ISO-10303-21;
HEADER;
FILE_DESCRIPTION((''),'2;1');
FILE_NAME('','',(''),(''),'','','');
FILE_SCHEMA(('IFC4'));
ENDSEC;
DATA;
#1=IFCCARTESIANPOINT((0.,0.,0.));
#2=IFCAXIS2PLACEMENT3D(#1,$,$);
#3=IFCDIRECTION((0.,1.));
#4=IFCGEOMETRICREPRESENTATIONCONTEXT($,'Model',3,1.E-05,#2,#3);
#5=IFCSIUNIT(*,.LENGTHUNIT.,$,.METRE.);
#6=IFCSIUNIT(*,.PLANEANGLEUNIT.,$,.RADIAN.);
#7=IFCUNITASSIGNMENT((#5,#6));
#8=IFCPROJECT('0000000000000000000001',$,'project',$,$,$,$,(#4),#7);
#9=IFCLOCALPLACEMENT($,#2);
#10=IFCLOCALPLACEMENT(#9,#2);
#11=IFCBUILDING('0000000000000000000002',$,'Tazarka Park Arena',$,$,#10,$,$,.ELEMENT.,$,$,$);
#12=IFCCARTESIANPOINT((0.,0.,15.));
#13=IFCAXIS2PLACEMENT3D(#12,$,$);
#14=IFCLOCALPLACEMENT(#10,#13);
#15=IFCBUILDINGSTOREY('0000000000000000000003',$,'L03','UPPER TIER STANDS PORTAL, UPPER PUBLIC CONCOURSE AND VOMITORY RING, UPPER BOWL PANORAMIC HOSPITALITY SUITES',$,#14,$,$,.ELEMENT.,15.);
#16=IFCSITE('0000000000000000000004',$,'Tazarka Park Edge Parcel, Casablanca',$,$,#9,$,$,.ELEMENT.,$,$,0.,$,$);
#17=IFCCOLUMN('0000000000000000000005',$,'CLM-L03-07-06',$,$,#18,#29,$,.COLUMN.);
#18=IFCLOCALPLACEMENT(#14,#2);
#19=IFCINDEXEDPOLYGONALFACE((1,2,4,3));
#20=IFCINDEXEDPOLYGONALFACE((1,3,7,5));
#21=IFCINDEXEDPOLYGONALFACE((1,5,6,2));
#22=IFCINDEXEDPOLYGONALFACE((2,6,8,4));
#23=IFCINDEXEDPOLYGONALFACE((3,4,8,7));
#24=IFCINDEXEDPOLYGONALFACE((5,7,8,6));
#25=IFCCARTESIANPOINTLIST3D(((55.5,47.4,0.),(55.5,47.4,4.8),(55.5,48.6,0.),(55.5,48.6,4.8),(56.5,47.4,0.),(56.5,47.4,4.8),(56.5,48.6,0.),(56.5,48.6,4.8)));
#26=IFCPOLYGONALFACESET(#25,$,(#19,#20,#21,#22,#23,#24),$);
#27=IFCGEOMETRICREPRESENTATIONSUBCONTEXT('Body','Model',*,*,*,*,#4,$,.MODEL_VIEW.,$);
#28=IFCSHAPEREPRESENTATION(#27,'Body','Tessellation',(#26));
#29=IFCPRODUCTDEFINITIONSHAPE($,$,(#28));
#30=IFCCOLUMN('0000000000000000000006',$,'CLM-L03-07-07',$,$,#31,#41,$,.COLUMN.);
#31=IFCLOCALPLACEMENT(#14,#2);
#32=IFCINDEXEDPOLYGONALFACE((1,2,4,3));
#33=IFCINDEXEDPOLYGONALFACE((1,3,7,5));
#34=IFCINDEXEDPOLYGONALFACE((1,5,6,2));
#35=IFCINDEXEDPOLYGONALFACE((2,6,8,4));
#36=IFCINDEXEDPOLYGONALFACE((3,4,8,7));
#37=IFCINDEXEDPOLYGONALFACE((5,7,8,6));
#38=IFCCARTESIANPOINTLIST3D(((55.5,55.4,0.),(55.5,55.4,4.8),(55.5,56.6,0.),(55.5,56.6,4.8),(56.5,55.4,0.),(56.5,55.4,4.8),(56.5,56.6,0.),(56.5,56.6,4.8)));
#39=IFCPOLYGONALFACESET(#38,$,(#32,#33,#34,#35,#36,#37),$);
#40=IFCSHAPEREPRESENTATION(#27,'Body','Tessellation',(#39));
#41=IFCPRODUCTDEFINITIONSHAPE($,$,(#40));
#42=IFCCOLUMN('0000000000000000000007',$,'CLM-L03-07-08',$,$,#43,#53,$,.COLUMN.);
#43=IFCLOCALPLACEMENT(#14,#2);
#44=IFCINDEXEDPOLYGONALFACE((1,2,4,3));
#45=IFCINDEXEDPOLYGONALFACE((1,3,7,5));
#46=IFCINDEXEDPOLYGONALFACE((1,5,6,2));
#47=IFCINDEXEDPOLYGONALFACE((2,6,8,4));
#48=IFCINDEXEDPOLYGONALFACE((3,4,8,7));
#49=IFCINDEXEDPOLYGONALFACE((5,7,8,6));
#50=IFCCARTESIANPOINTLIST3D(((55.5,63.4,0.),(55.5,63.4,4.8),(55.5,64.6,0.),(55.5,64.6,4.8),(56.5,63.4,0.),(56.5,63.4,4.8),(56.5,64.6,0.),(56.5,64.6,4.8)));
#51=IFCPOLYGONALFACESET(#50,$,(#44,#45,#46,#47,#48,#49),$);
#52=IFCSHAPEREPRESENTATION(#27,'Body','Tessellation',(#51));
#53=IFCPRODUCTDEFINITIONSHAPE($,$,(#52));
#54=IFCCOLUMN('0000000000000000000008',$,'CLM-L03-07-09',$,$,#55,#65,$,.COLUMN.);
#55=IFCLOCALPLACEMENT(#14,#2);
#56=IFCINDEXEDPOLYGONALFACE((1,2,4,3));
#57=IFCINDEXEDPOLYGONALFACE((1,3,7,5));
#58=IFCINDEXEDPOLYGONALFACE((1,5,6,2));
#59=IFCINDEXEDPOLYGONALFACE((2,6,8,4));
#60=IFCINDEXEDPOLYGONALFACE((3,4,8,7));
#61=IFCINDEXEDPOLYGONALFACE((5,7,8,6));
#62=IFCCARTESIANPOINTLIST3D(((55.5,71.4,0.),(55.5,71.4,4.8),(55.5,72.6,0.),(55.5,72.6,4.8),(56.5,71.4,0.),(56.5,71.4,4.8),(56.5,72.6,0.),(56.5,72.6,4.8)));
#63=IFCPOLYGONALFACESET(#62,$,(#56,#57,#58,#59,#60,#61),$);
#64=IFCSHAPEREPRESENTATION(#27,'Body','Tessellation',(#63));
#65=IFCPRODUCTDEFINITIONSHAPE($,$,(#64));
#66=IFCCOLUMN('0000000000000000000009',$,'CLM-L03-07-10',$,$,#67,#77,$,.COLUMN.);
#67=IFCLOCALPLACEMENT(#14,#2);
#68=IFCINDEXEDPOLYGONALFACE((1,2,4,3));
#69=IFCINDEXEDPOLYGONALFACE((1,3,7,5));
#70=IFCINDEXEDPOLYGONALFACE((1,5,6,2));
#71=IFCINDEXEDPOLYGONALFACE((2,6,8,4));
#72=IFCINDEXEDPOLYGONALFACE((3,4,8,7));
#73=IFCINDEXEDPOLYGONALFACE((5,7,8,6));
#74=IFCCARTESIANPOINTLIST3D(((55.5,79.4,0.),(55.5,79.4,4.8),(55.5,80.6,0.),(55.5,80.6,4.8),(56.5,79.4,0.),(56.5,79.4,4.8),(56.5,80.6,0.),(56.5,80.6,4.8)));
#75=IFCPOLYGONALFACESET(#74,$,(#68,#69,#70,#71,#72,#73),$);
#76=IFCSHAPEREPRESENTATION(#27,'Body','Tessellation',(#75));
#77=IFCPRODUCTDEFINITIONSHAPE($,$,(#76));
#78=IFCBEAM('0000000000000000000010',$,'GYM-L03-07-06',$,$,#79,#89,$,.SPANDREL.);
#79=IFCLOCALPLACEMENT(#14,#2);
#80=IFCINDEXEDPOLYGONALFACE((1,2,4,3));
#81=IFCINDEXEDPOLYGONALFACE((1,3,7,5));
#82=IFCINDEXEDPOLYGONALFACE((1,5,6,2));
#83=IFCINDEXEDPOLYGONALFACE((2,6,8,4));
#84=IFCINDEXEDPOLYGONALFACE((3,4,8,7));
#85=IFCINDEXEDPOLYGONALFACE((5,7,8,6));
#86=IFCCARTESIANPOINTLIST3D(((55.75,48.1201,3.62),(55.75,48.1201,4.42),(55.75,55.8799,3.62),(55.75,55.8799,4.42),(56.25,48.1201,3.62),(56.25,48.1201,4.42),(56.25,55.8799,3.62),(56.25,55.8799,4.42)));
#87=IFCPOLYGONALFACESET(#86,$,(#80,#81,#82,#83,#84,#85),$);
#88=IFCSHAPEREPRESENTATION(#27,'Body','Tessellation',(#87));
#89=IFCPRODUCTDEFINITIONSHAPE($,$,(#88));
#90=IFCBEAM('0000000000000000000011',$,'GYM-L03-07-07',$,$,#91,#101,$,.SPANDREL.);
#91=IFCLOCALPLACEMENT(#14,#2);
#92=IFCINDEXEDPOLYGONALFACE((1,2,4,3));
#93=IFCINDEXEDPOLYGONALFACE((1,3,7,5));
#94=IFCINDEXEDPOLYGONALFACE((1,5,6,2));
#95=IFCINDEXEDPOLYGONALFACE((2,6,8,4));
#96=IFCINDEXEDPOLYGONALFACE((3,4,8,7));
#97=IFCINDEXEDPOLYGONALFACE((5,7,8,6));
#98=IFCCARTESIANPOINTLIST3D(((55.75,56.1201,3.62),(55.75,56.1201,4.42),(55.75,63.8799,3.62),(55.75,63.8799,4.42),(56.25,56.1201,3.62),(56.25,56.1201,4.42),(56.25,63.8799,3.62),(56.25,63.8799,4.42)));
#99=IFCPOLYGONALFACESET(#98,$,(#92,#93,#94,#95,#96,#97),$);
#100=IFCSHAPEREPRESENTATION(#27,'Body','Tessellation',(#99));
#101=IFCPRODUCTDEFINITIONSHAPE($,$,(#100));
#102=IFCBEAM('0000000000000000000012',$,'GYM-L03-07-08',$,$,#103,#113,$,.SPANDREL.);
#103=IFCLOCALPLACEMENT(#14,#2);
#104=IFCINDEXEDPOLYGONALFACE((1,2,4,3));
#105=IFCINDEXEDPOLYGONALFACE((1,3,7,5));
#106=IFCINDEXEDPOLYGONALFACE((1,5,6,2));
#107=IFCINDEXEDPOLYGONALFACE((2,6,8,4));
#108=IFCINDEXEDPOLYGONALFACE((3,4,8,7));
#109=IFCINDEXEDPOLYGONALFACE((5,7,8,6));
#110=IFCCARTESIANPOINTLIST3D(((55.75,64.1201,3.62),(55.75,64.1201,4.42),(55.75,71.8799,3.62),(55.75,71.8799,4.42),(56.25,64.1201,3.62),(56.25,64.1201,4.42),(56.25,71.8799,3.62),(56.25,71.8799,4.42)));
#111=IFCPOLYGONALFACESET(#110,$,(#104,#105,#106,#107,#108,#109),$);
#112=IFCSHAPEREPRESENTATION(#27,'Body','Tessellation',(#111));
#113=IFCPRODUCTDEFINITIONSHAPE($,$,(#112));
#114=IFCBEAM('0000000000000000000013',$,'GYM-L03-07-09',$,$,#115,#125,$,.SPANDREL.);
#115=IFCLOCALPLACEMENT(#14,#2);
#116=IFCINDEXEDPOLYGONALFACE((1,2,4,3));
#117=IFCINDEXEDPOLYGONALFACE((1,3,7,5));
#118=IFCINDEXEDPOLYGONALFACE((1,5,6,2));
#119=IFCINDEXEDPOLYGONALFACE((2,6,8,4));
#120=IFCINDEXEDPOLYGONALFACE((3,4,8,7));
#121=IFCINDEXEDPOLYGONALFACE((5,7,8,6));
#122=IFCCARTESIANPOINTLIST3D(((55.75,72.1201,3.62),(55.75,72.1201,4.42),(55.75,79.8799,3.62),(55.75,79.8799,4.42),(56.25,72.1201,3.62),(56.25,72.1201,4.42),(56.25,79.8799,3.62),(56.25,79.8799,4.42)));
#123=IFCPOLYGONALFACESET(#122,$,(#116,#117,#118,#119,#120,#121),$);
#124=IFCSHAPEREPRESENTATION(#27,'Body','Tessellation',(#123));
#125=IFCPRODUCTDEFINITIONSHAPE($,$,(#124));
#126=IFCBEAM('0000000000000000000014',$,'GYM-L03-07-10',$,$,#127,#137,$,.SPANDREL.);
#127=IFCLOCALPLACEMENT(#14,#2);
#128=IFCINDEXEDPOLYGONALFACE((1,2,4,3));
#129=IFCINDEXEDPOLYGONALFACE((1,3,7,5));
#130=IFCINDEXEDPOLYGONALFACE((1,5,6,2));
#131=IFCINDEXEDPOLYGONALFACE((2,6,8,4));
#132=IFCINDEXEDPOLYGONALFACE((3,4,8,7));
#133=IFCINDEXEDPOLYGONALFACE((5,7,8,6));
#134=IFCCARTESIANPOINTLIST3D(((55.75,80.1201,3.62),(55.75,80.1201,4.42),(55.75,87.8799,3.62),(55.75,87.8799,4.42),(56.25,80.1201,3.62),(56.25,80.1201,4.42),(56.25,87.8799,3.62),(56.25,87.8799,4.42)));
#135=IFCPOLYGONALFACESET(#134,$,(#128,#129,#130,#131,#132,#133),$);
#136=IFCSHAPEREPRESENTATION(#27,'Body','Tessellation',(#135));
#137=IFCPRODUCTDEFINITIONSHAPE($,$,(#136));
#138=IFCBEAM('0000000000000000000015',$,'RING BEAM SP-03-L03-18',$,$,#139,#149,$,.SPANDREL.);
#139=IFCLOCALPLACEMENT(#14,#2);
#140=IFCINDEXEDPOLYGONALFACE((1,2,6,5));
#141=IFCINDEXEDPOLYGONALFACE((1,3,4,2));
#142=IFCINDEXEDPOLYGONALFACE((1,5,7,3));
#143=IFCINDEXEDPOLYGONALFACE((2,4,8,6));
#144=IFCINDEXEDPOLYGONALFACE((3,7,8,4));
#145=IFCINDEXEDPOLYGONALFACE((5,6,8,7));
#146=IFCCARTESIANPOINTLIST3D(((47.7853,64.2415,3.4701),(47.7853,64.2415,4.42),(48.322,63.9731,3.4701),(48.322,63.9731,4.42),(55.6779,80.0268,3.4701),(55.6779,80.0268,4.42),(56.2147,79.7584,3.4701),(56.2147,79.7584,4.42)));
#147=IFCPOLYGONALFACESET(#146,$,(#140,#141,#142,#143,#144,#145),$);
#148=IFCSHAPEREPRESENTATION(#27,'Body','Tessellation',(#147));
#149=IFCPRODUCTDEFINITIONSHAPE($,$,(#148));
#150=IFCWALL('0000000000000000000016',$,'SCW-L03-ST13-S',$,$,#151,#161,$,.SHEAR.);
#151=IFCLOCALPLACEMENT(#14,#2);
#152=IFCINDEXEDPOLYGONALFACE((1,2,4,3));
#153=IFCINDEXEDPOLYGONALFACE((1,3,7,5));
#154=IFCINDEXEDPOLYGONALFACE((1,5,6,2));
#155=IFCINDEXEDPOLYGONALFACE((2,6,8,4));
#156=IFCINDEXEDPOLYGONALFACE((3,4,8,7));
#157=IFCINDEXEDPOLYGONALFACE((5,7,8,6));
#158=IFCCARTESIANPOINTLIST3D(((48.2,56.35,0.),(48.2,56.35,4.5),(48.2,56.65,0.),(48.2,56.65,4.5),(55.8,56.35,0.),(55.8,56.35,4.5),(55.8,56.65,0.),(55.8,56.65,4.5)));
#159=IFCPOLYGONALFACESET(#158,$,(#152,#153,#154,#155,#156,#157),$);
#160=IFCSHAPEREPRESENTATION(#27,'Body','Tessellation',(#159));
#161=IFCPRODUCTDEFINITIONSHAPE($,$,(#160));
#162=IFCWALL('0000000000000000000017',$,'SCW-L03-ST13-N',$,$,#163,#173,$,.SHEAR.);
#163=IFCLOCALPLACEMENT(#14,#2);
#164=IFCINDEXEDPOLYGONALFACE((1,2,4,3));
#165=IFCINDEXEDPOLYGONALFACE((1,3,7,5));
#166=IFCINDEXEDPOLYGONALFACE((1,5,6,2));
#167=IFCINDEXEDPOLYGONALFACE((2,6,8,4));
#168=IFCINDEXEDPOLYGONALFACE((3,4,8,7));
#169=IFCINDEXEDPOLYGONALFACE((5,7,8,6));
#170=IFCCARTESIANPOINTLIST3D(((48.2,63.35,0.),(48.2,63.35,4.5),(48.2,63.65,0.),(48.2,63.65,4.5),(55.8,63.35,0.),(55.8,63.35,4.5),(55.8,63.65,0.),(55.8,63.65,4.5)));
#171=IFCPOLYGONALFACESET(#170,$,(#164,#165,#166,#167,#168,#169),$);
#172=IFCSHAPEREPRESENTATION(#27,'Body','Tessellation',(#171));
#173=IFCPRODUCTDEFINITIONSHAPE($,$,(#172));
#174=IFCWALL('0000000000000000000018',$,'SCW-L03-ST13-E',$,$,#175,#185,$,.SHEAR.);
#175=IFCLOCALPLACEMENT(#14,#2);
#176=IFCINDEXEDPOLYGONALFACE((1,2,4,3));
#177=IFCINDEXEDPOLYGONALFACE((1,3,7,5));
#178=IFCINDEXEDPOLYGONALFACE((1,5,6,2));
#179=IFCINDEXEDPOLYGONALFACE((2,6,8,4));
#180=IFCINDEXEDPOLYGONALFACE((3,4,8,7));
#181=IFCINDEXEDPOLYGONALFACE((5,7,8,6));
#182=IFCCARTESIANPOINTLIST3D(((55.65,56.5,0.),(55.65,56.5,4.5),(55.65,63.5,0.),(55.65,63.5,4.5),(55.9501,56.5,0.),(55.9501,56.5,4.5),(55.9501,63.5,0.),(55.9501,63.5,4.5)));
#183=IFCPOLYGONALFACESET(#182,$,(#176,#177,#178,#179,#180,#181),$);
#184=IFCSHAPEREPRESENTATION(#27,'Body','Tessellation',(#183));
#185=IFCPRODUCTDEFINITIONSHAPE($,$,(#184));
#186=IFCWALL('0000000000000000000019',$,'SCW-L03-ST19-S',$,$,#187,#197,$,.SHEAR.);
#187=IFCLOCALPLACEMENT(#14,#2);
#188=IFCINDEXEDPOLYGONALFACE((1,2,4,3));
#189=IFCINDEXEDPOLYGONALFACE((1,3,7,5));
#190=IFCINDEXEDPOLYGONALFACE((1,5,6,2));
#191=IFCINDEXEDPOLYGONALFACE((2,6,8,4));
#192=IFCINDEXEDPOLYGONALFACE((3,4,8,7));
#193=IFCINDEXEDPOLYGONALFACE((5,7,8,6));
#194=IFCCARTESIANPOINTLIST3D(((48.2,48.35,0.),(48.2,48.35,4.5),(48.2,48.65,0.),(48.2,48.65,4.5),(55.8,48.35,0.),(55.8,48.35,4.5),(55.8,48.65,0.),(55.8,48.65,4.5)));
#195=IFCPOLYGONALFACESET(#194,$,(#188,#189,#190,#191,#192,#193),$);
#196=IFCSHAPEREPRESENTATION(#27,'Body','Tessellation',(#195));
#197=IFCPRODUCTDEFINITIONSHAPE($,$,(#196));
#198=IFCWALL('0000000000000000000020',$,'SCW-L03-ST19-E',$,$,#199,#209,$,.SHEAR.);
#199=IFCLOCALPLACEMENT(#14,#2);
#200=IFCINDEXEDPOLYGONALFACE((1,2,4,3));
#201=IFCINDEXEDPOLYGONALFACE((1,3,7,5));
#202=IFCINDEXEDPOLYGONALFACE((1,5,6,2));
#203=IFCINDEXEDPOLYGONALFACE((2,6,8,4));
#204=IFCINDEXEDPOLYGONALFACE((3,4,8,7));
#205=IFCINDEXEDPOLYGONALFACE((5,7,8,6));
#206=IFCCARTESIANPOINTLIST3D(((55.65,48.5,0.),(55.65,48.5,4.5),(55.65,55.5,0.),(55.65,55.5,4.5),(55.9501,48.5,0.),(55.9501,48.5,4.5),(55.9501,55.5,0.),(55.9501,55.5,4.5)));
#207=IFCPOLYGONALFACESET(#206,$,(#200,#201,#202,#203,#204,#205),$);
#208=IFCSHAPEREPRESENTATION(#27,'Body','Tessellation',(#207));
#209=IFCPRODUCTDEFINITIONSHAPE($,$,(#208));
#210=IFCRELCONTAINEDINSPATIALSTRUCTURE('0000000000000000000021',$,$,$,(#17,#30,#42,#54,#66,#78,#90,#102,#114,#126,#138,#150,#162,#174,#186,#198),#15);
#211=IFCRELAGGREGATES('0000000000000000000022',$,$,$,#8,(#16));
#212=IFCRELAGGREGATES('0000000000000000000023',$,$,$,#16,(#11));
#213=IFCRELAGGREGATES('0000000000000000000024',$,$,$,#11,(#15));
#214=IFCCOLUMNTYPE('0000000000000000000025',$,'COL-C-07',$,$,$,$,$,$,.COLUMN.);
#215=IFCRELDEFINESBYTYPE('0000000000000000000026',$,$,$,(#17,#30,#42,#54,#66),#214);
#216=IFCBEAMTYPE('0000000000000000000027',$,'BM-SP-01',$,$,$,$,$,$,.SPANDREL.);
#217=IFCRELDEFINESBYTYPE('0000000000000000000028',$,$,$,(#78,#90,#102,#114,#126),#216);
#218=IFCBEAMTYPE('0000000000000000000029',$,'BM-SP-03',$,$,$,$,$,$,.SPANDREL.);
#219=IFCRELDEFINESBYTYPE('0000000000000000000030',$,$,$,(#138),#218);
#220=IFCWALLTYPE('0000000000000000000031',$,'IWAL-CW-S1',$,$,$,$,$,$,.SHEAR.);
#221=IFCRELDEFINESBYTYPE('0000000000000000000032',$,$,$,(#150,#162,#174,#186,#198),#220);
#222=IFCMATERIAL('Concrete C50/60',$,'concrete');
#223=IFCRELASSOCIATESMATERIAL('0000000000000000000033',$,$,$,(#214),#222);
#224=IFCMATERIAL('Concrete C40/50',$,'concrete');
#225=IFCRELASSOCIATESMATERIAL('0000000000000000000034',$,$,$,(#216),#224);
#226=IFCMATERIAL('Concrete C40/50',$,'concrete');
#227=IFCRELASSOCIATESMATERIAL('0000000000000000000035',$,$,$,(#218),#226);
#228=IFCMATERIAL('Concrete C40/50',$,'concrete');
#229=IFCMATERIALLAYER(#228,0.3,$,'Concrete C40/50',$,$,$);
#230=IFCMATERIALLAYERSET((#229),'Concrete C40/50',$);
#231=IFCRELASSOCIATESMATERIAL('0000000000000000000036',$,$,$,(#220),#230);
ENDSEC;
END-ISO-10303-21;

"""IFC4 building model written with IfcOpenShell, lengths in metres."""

from ifc_helpers import new_model, si_unit, direction, frame, frame_2d, origin, origin_2d, place, context, subcontext, project, spatial, rectangle, extrude, material, layer, layer_set, material_profile, profile_set, type_object, element, save


model = new_model("IFC4")

# Units and contexts
model_context = context("Model", 3, precision=1e-05, world=origin(), true_north=direction((0.0, 1.0)))
body_context = subcontext(model_context, "Body", "Model", "MODEL_VIEW")
ifc_project = project(units=[si_unit("LENGTHUNIT", "METRE"), si_unit("PLANEANGLEUNIT", "RADIAN")], contexts=[model_context])

# Site, building, storey
site_placement = place(None, origin())
site = spatial("IfcSite", under=ifc_project, at=site_placement, Name="Tazarka Park Edge Parcel, Casablanca", CompositionType="ELEMENT", RefElevation=0.0)
building_placement = place(site_placement, origin())
building = spatial("IfcBuilding", under=site, at=building_placement, Name="Tazarka Park Arena", CompositionType="ELEMENT")
storey_placement = place(building_placement, frame((0.0, 0.0, 15.0)))
storey = spatial("IfcBuildingStorey", under=building, at=storey_placement, Name="L03", Description="UPPER TIER STANDS PORTAL, UPPER PUBLIC CONCOURSE AND VOMITORY RING, UPPER BOWL PANORAMIC HOSPITALITY SUITES", CompositionType="ELEMENT", Elevation=15.0)

# Columns
ifc_material_1 = material(Name="Concrete C50/60", Category="concrete")
ifc_material_profile_1 = material_profile(ifc_material_1, rectangle(XDim=1.0, YDim=1.2, at=origin_2d()), Name="Concrete C50/60")
ifc_profile_set_1 = profile_set([ifc_material_profile_1], Name="Concrete C50/60")
column_type = type_object("IfcColumnType", Name="COL-C-07", PredefinedType="COLUMN", material=ifc_profile_set_1)
for number, where, z_axis, x_axis, name in (
    (1, (56.0, 48.0, 0.0), (0.0, 0.0, 1.0), (1.0, 0.0, 0.0), "CLM-L03-07-06"),
    (2, (56.0, 56.0, 0.0), (0.0, 0.0, 1.0), (1.0, 0.0, 0.0), "CLM-L03-07-07"),
    (3, (56.0, 64.0, 0.0), (0.0, 0.0, 1.0), (1.0, 0.0, 0.0), "CLM-L03-07-08"),
    (4, (56.0, 72.0, 0.0), (0.0, 0.0, 1.0), (1.0, 0.0, 0.0), "CLM-L03-07-09"),
    (5, (56.0, 80.0, 0.0), (0.0, 0.0, 1.0), (1.0, 0.0, 0.0), "CLM-L03-07-10"),
):
    element("IfcColumn", number, at=place(storey_placement, frame(where, z_axis=z_axis, x_axis=x_axis)), inside=storey, type_object=column_type, Name=name, PredefinedType="COLUMN", context=body_context, shape_type="SweptSolid", body=[
        extrude(rectangle(XDim=1.0, YDim=1.2, at=origin_2d()), origin(), (0.0, 0.0, 1.0), 4.8),
    ])

# Beams
ifc_material_2 = material(Name="Concrete C40/50", Category="concrete")
ifc_material_profile_2 = material_profile(ifc_material_2, rectangle(XDim=0.5, YDim=0.8, at=origin_2d()), Name="Concrete C40/50")
ifc_profile_set_2 = profile_set([ifc_material_profile_2], Name="Concrete C40/50")
beam_type_1 = type_object("IfcBeamType", Name="BM-SP-01", PredefinedType="SPANDREL", material=ifc_profile_set_2)
for number, where, z_axis, x_axis, name in (
    (6, (56.0, 48.1201, 4.02), (0.0, 1.0, 0.0), (-1.0, 0.0, 0.0), "GYM-L03-07-06"),
    (7, (56.0, 56.1201, 4.02), (0.0, 1.0, 0.0), (-1.0, 0.0, 0.0), "GYM-L03-07-07"),
    (8, (56.0, 64.1201, 4.02), (0.0, 1.0, 0.0), (-1.0, 0.0, 0.0), "GYM-L03-07-08"),
    (9, (56.0, 72.1201, 4.02), (0.0, 1.0, 0.0), (-1.0, 0.0, 0.0), "GYM-L03-07-09"),
    (10, (56.0, 80.1201, 4.02), (0.0, 1.0, 0.0), (-1.0, 0.0, 0.0), "GYM-L03-07-10"),
):
    element("IfcBeam", number, at=place(storey_placement, frame(where, z_axis=z_axis, x_axis=x_axis)), inside=storey, type_object=beam_type_1, Name=name, PredefinedType="SPANDREL", context=body_context, shape_type="SweptSolid", body=[
        extrude(rectangle(XDim=0.5, YDim=0.8, at=origin_2d()), origin(), (0.0, 0.0, 1.0), 7.7598),
    ])
ifc_material_3 = material(Name="Concrete C40/50", Category="concrete")
ifc_material_profile_3 = material_profile(ifc_material_3, rectangle(XDim=0.6001, YDim=0.95, at=origin_2d()), Name="Concrete C40/50")
ifc_profile_set_3 = profile_set([ifc_material_profile_3], Name="Concrete C40/50")
beam_type_2 = type_object("IfcBeamType", Name="BM-SP-03", PredefinedType="SPANDREL", material=ifc_profile_set_3)
beam_placement = place(storey_placement, frame((55.9463, 79.8926, 3.9451), z_axis=(-0.447214, -0.894427, 0.0), x_axis=(0.894427, -0.447214, 0.0)))
element("IfcBeam", 11, at=beam_placement, inside=storey, type_object=beam_type_2, Name="RING BEAM SP-03-L03-18", PredefinedType="SPANDREL", context=body_context, shape_type="SweptSolid", body=[
    extrude(rectangle(XDim=0.6001, YDim=0.95, at=origin_2d()), origin(), (0.0, 0.0, 1.0), 17.6484),
])

# Walls
ifc_material_4 = material(Name="Concrete C40/50", Category="concrete")
ifc_layer_1 = layer(ifc_material_4, 0.3, Name="Concrete C40/50")
ifc_layer_set_1 = layer_set([ifc_layer_1], Name="Concrete C40/50")
wall_type_1 = type_object("IfcWallType", Name="IWAL-CW-S1", PredefinedType="SHEAR", material=ifc_layer_set_1)
for number, where, z_axis, x_axis, name in (
    (12, (55.8, 56.5, 0.0), (0.0, 0.0, 1.0), (-1.0, 0.0, 0.0), "SCW-L03-ST13-S"),
    (13, (48.2, 63.5, 0.0), (0.0, 0.0, 1.0), (1.0, 0.0, 0.0), "SCW-L03-ST13-N"),
):
    element("IfcWall", number, at=place(storey_placement, frame(where, z_axis=z_axis, x_axis=x_axis)), inside=storey, type_object=wall_type_1, Name=name, PredefinedType="SHEAR", context=body_context, shape_type="SweptSolid", body=[
        extrude(rectangle(XDim=7.6001, YDim=0.3, at=frame_2d((3.8, 0.0))), origin(), (0.0, 0.0, 1.0), 4.5),
    ])
wall_1_placement = place(storey_placement, frame((55.8, 63.5, 0.0), z_axis=(0.0, 0.0, 1.0), x_axis=(0.0, -1.0, 0.0)))
element("IfcWall", 14, at=wall_1_placement, inside=storey, type_object=wall_type_1, Name="SCW-L03-ST13-E", PredefinedType="SHEAR", context=body_context, shape_type="SweptSolid", body=[
    extrude(rectangle(XDim=7.0, YDim=0.3, at=frame_2d((3.5, 0.0))), origin(), (0.0, 0.0, 1.0), 4.5),
])
wall_2_placement = place(storey_placement, frame((55.8, 48.5, 0.0), z_axis=(0.0, 0.0, 1.0), x_axis=(-1.0, 0.0, 0.0)))
element("IfcWall", 15, at=wall_2_placement, inside=storey, type_object=wall_type_1, Name="SCW-L03-ST19-S", PredefinedType="SHEAR", context=body_context, shape_type="SweptSolid", body=[
    extrude(rectangle(XDim=7.6001, YDim=0.3, at=frame_2d((3.8, 0.0))), origin(), (0.0, 0.0, 1.0), 4.5),
])
wall_3_placement = place(storey_placement, frame((55.8, 55.5, 0.0), z_axis=(0.0, 0.0, 1.0), x_axis=(0.0, -1.0, 0.0)))
element("IfcWall", 16, at=wall_3_placement, inside=storey, type_object=wall_type_1, Name="SCW-L03-ST19-E", PredefinedType="SHEAR", context=body_context, shape_type="SweptSolid", body=[
    extrude(rectangle(XDim=7.0, YDim=0.3, at=frame_2d((3.5, 0.0))), origin(), (0.0, 0.0, 1.0), 4.5),
])

save(model, "model.ifc")
